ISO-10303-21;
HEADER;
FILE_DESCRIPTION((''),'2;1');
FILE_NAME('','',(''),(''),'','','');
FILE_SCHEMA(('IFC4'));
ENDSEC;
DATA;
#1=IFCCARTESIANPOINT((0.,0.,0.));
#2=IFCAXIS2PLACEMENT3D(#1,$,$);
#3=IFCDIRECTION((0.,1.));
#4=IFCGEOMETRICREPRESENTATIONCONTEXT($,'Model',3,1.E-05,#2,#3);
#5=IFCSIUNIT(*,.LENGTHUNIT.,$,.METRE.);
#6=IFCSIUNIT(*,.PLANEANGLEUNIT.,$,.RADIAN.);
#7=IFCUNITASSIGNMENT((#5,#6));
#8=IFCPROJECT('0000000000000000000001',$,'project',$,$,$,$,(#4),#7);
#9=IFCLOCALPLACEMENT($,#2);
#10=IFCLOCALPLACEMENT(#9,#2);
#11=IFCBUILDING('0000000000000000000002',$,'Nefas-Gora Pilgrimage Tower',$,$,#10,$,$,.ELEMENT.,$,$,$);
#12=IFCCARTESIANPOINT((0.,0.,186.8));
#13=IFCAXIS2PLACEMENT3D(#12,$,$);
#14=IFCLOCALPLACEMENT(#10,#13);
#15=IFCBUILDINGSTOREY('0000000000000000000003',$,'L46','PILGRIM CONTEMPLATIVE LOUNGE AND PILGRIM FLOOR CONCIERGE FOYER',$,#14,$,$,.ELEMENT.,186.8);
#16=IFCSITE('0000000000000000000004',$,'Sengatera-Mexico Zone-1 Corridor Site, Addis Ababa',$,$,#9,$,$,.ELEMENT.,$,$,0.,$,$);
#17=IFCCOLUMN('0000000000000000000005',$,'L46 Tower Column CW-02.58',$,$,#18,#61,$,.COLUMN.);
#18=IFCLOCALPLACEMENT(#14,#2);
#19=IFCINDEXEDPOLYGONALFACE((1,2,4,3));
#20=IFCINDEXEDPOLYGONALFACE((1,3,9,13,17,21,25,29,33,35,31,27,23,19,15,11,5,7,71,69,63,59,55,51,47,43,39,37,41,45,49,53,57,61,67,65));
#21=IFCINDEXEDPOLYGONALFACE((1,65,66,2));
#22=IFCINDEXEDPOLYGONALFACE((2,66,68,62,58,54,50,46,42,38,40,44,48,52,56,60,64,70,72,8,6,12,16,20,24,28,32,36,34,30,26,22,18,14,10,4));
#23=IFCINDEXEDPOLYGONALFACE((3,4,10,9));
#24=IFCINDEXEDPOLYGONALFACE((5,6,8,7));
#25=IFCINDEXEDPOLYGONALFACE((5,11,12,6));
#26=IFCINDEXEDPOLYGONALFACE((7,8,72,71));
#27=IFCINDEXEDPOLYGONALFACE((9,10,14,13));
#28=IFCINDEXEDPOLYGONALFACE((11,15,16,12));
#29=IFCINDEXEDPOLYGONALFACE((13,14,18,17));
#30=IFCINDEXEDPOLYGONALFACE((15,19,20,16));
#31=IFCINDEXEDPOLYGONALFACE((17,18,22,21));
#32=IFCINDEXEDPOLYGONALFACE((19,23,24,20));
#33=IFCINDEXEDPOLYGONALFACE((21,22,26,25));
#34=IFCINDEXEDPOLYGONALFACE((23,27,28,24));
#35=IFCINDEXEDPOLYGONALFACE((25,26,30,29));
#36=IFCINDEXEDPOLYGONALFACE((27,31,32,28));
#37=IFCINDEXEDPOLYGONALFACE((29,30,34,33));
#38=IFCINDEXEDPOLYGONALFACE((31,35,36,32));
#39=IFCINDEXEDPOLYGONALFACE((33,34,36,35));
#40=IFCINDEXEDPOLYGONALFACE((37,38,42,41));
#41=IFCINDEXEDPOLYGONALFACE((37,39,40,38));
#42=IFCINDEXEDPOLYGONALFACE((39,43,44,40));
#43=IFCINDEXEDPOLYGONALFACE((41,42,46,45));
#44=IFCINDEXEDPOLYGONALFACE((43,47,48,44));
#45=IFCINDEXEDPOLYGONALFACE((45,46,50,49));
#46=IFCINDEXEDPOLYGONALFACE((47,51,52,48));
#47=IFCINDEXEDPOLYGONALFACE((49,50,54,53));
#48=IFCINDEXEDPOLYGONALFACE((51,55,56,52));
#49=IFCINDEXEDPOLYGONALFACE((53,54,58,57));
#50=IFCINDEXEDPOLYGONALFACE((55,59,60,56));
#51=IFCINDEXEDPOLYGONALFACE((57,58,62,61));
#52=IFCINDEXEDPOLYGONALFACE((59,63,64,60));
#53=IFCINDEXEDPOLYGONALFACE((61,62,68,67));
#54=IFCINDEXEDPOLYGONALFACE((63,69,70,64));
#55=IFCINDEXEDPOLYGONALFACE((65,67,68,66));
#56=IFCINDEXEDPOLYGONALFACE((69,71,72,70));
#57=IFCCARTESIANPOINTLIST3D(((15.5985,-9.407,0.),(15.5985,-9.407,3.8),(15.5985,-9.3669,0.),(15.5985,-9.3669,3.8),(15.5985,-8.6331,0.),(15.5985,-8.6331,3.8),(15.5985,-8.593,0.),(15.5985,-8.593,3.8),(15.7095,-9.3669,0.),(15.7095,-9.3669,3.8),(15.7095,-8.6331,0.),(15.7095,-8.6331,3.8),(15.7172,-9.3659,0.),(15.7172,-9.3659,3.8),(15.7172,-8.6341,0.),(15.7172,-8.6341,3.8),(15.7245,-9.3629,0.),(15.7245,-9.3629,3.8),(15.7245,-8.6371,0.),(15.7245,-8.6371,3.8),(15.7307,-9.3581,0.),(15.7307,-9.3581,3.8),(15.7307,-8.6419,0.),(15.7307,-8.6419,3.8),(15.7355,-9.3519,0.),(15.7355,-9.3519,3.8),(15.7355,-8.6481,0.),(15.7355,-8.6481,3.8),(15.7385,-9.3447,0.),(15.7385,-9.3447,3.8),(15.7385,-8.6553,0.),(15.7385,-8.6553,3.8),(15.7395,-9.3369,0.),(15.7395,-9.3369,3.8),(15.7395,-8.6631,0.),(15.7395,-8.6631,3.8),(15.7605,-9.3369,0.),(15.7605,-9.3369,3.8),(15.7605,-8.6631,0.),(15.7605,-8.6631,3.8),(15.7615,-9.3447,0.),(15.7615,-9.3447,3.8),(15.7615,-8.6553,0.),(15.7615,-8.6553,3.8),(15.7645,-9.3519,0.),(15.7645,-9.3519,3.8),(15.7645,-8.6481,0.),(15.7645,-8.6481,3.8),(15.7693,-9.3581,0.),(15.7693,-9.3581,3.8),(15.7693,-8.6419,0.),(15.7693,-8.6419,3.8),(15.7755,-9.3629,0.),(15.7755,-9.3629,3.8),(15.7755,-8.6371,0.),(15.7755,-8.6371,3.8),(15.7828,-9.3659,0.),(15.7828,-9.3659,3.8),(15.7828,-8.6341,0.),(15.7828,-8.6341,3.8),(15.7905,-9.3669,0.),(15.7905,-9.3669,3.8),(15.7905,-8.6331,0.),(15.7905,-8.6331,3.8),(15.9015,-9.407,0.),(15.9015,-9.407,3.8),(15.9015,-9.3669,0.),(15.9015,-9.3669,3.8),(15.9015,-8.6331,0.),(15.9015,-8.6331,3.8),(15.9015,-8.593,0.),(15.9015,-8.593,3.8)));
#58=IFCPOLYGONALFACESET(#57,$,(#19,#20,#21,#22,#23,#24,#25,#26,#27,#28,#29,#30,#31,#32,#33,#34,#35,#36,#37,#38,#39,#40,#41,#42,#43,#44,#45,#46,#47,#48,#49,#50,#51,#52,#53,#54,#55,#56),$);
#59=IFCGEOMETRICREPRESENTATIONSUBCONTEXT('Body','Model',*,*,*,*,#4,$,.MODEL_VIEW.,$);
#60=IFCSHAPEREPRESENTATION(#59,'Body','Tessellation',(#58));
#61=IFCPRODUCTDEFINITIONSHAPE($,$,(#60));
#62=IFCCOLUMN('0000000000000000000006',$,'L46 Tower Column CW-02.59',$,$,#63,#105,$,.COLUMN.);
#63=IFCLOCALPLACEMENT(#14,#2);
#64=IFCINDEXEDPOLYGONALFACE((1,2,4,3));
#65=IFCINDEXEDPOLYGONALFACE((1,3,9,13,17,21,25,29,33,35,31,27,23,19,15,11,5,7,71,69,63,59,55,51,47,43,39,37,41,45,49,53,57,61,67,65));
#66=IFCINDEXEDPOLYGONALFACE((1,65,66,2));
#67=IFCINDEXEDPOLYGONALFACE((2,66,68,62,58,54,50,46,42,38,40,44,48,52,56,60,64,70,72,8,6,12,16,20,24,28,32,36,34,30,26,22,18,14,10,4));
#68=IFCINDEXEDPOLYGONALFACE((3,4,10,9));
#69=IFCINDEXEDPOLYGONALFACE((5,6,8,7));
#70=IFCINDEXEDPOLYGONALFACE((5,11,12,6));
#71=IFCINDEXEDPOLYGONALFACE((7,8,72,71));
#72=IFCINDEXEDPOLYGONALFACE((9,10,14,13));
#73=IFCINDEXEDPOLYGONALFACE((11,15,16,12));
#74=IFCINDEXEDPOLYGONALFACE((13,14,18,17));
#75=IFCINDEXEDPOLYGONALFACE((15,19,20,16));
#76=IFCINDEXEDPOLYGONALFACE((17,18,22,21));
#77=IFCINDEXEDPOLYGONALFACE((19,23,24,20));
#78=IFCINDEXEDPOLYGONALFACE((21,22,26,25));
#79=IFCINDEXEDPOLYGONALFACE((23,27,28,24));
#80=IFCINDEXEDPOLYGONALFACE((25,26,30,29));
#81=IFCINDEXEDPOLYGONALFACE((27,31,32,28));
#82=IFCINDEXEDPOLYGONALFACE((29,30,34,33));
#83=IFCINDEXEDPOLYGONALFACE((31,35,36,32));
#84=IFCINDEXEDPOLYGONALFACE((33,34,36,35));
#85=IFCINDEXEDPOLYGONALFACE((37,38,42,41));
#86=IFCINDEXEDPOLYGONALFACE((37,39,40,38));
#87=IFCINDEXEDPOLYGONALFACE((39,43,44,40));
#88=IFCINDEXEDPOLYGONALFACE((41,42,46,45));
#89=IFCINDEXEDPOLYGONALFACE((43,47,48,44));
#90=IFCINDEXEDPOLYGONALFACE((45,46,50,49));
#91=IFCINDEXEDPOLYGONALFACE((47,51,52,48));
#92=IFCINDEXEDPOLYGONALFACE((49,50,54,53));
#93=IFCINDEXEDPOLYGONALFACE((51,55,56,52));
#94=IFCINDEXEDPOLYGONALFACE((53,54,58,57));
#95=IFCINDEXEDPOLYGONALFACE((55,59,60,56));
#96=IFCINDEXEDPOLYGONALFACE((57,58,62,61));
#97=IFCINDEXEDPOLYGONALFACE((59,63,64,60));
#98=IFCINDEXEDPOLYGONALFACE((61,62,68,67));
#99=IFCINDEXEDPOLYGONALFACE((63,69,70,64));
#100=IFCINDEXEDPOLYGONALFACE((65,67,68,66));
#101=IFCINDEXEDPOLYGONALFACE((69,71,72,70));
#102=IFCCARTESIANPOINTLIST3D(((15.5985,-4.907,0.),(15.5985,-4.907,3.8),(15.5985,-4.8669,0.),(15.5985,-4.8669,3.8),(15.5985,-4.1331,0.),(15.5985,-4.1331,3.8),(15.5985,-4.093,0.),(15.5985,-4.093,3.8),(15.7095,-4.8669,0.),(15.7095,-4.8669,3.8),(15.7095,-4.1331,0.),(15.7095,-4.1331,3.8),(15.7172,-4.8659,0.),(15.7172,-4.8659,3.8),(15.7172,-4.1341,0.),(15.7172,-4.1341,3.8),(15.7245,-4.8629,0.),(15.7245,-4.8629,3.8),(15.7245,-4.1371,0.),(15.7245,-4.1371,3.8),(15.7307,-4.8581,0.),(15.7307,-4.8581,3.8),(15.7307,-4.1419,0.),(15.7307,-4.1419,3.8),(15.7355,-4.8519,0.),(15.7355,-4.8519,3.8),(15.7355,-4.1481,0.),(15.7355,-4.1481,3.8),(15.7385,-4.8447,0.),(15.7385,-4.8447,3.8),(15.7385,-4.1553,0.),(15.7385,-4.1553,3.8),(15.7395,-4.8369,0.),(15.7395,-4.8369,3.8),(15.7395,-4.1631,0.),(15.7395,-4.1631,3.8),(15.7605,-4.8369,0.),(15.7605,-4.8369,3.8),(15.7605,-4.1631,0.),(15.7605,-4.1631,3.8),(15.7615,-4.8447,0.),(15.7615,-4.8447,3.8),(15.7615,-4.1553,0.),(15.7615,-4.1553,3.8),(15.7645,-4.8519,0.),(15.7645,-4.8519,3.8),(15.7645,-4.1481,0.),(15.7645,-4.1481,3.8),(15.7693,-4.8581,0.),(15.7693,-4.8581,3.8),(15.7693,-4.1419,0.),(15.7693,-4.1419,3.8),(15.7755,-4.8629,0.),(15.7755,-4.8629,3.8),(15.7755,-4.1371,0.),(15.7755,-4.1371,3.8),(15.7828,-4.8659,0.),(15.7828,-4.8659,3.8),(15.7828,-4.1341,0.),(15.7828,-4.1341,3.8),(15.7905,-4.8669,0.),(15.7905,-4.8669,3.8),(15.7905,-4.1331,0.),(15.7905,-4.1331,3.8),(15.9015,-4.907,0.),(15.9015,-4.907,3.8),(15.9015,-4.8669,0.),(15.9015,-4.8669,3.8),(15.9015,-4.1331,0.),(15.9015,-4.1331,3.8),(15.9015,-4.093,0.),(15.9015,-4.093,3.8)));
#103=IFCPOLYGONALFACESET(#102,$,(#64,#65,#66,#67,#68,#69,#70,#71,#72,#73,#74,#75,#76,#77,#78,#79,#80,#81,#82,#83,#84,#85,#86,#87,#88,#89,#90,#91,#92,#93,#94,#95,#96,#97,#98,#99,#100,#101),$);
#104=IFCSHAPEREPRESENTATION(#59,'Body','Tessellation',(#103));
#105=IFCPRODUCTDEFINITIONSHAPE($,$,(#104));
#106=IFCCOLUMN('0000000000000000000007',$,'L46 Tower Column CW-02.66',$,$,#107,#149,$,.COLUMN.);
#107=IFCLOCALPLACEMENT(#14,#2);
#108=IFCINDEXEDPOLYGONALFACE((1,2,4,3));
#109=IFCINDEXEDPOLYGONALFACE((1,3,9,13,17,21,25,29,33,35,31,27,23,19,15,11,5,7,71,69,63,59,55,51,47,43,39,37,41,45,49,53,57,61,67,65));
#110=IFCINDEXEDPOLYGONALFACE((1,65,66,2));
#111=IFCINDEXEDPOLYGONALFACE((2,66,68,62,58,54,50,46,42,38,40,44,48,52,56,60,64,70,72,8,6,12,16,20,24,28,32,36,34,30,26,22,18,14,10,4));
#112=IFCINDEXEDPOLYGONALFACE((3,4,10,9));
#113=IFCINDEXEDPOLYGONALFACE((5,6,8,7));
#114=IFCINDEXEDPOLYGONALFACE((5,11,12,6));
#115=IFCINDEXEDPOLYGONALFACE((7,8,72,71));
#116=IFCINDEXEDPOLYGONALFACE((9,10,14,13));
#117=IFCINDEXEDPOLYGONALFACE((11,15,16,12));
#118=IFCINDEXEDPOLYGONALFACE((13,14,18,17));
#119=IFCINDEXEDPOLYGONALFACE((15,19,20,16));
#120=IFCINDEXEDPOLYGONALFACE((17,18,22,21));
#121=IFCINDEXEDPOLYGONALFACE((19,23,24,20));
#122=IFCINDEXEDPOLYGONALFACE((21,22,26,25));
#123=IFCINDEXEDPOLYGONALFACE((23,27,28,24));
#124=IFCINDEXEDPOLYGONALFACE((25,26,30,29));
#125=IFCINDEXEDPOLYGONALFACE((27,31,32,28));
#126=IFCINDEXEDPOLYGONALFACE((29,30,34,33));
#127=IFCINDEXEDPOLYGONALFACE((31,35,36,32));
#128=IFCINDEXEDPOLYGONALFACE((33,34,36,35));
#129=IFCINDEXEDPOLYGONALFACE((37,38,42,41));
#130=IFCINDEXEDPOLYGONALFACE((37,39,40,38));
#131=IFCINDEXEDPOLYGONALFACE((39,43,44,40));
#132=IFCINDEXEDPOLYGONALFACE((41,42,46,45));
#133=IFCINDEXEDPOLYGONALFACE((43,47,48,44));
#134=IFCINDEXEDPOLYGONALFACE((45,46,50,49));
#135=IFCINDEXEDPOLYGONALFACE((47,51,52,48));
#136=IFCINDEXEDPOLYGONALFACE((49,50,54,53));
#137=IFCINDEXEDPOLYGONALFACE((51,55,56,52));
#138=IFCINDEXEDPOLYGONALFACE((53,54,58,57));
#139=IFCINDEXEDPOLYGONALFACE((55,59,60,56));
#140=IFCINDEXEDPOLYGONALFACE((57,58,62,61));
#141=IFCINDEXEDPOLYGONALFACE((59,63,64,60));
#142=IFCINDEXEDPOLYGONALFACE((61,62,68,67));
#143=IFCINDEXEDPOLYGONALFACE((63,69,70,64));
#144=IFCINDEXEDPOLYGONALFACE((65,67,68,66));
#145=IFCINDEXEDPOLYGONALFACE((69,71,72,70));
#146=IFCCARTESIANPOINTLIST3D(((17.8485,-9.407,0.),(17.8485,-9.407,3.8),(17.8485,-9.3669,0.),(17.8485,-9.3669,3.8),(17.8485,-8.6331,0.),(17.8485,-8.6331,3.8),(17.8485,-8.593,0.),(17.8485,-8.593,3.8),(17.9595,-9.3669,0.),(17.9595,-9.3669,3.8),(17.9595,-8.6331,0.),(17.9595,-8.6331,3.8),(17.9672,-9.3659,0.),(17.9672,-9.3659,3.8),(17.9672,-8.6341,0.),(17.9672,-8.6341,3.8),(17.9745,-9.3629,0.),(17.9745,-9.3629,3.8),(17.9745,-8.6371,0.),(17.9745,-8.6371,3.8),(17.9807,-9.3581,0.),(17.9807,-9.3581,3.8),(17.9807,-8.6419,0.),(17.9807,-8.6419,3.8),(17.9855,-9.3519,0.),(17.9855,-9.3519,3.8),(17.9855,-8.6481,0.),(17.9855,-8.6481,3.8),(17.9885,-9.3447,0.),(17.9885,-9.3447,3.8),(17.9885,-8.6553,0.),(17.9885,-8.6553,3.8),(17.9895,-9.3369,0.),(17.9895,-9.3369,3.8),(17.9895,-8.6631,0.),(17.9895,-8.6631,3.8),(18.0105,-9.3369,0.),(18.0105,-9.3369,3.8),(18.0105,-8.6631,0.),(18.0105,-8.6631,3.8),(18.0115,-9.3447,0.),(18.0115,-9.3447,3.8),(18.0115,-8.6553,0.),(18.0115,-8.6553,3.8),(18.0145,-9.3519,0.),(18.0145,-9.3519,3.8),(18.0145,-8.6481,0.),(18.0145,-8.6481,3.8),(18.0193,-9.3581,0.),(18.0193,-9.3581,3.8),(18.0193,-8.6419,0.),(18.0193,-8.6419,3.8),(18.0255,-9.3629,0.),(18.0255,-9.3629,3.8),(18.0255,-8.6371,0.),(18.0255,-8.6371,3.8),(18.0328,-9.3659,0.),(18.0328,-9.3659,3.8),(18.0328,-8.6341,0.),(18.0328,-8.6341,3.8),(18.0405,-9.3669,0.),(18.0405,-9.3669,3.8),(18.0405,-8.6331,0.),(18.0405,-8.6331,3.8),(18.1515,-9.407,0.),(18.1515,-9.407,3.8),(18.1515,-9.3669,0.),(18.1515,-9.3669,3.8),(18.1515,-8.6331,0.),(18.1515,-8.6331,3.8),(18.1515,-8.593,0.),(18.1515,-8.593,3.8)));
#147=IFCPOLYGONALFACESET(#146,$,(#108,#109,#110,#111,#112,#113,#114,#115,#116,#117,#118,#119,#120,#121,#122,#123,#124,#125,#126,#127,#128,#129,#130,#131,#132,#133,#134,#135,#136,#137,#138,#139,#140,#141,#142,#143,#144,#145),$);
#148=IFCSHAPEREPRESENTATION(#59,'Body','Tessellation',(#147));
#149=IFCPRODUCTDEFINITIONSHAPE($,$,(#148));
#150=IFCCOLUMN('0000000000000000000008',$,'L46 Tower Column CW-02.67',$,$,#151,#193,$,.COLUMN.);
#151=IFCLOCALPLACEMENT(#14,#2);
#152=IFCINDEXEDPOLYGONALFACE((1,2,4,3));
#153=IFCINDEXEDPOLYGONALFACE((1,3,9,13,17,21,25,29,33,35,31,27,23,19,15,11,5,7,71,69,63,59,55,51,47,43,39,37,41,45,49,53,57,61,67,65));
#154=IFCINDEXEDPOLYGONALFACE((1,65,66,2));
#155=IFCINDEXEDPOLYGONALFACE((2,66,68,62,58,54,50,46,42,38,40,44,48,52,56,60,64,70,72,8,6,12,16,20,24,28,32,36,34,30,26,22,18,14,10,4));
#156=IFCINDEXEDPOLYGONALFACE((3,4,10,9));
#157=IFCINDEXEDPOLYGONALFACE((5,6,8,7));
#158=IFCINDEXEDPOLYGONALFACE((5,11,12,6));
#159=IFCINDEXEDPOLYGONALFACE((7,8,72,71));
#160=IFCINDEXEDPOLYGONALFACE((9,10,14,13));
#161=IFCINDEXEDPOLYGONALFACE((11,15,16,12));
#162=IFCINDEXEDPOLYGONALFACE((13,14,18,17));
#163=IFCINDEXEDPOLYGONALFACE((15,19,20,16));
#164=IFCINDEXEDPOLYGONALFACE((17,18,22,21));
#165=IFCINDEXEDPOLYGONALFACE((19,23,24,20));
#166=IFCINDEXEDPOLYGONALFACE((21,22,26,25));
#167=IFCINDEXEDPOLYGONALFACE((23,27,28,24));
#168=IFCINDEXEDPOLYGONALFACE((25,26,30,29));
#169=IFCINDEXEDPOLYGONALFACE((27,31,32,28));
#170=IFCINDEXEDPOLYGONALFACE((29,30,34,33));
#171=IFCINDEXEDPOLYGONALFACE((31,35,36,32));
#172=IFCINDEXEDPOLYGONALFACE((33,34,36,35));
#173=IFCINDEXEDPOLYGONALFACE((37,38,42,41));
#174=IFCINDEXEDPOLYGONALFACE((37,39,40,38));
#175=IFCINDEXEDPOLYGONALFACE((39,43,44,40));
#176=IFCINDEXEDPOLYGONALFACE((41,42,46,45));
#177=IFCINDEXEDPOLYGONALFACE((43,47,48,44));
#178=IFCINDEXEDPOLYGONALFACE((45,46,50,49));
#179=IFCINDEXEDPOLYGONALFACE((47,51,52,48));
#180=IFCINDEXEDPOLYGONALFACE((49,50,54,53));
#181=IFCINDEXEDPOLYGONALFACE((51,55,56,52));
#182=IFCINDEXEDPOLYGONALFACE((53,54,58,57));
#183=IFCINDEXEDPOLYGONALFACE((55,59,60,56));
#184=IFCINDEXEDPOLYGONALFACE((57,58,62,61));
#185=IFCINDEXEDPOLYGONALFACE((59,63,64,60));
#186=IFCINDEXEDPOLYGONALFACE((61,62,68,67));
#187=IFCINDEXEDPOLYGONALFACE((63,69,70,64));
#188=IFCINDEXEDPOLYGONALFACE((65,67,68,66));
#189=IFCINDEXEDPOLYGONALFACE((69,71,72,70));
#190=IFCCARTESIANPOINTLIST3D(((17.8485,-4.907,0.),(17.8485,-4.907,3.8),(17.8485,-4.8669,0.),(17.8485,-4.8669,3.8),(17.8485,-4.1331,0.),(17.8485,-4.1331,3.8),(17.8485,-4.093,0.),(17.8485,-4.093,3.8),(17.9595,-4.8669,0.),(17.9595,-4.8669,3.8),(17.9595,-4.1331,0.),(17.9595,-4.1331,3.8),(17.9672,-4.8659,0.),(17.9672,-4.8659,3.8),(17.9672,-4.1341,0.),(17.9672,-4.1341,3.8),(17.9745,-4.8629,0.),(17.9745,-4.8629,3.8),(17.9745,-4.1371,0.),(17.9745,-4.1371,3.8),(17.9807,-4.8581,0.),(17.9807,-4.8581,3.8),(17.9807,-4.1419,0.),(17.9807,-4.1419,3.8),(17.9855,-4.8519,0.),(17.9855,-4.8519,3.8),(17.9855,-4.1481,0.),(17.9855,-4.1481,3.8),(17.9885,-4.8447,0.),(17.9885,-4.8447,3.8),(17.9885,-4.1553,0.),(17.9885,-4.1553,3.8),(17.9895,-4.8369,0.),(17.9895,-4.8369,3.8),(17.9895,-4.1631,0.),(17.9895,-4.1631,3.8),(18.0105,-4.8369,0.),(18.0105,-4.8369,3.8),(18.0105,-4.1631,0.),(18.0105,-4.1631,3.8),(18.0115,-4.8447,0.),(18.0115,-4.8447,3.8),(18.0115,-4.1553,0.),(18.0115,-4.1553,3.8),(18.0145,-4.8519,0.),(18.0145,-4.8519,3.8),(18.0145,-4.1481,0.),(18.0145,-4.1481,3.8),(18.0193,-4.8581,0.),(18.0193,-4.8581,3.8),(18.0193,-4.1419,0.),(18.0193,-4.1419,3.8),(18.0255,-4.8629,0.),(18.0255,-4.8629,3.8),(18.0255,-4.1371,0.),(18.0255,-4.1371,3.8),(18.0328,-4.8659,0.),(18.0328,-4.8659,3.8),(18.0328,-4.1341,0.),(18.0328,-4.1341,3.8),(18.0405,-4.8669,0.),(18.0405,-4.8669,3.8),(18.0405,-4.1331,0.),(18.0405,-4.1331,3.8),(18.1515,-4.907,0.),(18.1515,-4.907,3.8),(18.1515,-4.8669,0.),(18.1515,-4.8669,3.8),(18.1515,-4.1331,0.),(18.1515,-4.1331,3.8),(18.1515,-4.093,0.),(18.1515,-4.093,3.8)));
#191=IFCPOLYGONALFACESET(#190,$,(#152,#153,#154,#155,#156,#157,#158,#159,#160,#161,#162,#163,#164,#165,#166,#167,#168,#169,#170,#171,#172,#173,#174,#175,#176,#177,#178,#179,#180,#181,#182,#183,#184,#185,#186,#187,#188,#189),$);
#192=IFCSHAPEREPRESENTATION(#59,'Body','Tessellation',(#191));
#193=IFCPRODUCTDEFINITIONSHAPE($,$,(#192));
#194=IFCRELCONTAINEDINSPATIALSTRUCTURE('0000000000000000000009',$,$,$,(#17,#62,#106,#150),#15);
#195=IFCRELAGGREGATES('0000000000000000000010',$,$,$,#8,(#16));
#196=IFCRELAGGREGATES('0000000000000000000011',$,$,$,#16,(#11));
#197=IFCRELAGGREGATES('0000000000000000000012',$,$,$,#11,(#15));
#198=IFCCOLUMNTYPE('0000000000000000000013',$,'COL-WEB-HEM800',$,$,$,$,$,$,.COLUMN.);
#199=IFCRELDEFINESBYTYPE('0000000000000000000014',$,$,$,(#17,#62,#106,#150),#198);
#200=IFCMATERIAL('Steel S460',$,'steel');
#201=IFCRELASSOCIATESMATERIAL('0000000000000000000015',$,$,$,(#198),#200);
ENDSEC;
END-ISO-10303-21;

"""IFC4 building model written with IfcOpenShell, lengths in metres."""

from ifc_helpers import new_model, si_unit, direction, frame, origin, origin_2d, place, context, subcontext, project, spatial, i_section, extrude, source, transform, mapped, material, material_profile, profile_set, type_object, element, save


model = new_model("IFC4")

# Units and contexts
model_context = context("Model", 3, precision=1e-05, world=origin(), true_north=direction((0.0, 1.0)))
body_context = subcontext(model_context, "Body", "Model", "MODEL_VIEW")
ifc_project = project(units=[si_unit("LENGTHUNIT", "METRE"), si_unit("PLANEANGLEUNIT", "RADIAN")], contexts=[model_context])

# Site, building, storey
site_placement = place(None, origin())
site = spatial("IfcSite", under=ifc_project, at=site_placement, Name="Sengatera-Mexico Zone-1 Corridor Site, Addis Ababa", CompositionType="ELEMENT", RefElevation=0.0)
building_placement = place(site_placement, origin())
building = spatial("IfcBuilding", under=site, at=building_placement, Name="Nefas-Gora Pilgrimage Tower", CompositionType="ELEMENT")
storey_placement = place(building_placement, frame((0.0, 0.0, 186.8)))
storey = spatial("IfcBuildingStorey", under=building, at=storey_placement, Name="L46", Description="PILGRIM CONTEMPLATIVE LOUNGE AND PILGRIM FLOOR CONCIERGE FOYER", CompositionType="ELEMENT", Elevation=186.8)

# Columns
ifc_material_1 = material(Name="Steel S460", Category="steel")
ifc_material_profile_1 = material_profile(ifc_material_1, i_section(OverallWidth=0.303, OverallDepth=0.814, WebThickness=0.021, FlangeThickness=0.04, FilletRadius=0.03, at=origin_2d()), Name="HEM 800")
ifc_profile_set_1 = profile_set([ifc_material_profile_1], Name="Steel S460")
column_type_1 = type_object("IfcColumnType", Name="COL-WEB-HEM800", PredefinedType="COLUMN", material=ifc_profile_set_1)
shared_shape_1 = source(origin(), body_context, "Body", "SweptSolid", [
    extrude(i_section(OverallWidth=0.303, OverallDepth=0.814, WebThickness=0.021, FlangeThickness=0.04, FilletRadius=0.03, at=origin_2d()), origin(), (0.0, 0.0, 1.0), 3.8),
])
for number, where, z_axis, x_axis, name in (
    (1, (15.75, -9.0, 0.0), (0.0, 0.0, 1.0), (1.0, 0.0, 0.0), "L46 Tower Column CW-02.58"),
    (2, (15.75, -4.5, 0.0), (0.0, 0.0, 1.0), (1.0, 0.0, 0.0), "L46 Tower Column CW-02.59"),
    (3, (18.0, -9.0, 0.0), (0.0, 0.0, 1.0), (1.0, 0.0, 0.0), "L46 Tower Column CW-02.66"),
    (4, (18.0, -4.5, 0.0), (0.0, 0.0, 1.0), (1.0, 0.0, 0.0), "L46 Tower Column CW-02.67"),
):
    element("IfcColumn", number, at=place(storey_placement, frame(where, z_axis=z_axis, x_axis=x_axis)), inside=storey, type_object=column_type_1, Name=name, PredefinedType="COLUMN", context=body_context, shape_type="MappedRepresentation", body=[
        mapped(shared_shape_1, transform((0.0, 0.0, 0.0), x_axis=(1.0, 0.0, 0.0), y_axis=(0.0, 1.0, 0.0), z_axis=(0.0, 0.0, 1.0), scale=1.0)),
    ])

save(model, "model.ifc")
